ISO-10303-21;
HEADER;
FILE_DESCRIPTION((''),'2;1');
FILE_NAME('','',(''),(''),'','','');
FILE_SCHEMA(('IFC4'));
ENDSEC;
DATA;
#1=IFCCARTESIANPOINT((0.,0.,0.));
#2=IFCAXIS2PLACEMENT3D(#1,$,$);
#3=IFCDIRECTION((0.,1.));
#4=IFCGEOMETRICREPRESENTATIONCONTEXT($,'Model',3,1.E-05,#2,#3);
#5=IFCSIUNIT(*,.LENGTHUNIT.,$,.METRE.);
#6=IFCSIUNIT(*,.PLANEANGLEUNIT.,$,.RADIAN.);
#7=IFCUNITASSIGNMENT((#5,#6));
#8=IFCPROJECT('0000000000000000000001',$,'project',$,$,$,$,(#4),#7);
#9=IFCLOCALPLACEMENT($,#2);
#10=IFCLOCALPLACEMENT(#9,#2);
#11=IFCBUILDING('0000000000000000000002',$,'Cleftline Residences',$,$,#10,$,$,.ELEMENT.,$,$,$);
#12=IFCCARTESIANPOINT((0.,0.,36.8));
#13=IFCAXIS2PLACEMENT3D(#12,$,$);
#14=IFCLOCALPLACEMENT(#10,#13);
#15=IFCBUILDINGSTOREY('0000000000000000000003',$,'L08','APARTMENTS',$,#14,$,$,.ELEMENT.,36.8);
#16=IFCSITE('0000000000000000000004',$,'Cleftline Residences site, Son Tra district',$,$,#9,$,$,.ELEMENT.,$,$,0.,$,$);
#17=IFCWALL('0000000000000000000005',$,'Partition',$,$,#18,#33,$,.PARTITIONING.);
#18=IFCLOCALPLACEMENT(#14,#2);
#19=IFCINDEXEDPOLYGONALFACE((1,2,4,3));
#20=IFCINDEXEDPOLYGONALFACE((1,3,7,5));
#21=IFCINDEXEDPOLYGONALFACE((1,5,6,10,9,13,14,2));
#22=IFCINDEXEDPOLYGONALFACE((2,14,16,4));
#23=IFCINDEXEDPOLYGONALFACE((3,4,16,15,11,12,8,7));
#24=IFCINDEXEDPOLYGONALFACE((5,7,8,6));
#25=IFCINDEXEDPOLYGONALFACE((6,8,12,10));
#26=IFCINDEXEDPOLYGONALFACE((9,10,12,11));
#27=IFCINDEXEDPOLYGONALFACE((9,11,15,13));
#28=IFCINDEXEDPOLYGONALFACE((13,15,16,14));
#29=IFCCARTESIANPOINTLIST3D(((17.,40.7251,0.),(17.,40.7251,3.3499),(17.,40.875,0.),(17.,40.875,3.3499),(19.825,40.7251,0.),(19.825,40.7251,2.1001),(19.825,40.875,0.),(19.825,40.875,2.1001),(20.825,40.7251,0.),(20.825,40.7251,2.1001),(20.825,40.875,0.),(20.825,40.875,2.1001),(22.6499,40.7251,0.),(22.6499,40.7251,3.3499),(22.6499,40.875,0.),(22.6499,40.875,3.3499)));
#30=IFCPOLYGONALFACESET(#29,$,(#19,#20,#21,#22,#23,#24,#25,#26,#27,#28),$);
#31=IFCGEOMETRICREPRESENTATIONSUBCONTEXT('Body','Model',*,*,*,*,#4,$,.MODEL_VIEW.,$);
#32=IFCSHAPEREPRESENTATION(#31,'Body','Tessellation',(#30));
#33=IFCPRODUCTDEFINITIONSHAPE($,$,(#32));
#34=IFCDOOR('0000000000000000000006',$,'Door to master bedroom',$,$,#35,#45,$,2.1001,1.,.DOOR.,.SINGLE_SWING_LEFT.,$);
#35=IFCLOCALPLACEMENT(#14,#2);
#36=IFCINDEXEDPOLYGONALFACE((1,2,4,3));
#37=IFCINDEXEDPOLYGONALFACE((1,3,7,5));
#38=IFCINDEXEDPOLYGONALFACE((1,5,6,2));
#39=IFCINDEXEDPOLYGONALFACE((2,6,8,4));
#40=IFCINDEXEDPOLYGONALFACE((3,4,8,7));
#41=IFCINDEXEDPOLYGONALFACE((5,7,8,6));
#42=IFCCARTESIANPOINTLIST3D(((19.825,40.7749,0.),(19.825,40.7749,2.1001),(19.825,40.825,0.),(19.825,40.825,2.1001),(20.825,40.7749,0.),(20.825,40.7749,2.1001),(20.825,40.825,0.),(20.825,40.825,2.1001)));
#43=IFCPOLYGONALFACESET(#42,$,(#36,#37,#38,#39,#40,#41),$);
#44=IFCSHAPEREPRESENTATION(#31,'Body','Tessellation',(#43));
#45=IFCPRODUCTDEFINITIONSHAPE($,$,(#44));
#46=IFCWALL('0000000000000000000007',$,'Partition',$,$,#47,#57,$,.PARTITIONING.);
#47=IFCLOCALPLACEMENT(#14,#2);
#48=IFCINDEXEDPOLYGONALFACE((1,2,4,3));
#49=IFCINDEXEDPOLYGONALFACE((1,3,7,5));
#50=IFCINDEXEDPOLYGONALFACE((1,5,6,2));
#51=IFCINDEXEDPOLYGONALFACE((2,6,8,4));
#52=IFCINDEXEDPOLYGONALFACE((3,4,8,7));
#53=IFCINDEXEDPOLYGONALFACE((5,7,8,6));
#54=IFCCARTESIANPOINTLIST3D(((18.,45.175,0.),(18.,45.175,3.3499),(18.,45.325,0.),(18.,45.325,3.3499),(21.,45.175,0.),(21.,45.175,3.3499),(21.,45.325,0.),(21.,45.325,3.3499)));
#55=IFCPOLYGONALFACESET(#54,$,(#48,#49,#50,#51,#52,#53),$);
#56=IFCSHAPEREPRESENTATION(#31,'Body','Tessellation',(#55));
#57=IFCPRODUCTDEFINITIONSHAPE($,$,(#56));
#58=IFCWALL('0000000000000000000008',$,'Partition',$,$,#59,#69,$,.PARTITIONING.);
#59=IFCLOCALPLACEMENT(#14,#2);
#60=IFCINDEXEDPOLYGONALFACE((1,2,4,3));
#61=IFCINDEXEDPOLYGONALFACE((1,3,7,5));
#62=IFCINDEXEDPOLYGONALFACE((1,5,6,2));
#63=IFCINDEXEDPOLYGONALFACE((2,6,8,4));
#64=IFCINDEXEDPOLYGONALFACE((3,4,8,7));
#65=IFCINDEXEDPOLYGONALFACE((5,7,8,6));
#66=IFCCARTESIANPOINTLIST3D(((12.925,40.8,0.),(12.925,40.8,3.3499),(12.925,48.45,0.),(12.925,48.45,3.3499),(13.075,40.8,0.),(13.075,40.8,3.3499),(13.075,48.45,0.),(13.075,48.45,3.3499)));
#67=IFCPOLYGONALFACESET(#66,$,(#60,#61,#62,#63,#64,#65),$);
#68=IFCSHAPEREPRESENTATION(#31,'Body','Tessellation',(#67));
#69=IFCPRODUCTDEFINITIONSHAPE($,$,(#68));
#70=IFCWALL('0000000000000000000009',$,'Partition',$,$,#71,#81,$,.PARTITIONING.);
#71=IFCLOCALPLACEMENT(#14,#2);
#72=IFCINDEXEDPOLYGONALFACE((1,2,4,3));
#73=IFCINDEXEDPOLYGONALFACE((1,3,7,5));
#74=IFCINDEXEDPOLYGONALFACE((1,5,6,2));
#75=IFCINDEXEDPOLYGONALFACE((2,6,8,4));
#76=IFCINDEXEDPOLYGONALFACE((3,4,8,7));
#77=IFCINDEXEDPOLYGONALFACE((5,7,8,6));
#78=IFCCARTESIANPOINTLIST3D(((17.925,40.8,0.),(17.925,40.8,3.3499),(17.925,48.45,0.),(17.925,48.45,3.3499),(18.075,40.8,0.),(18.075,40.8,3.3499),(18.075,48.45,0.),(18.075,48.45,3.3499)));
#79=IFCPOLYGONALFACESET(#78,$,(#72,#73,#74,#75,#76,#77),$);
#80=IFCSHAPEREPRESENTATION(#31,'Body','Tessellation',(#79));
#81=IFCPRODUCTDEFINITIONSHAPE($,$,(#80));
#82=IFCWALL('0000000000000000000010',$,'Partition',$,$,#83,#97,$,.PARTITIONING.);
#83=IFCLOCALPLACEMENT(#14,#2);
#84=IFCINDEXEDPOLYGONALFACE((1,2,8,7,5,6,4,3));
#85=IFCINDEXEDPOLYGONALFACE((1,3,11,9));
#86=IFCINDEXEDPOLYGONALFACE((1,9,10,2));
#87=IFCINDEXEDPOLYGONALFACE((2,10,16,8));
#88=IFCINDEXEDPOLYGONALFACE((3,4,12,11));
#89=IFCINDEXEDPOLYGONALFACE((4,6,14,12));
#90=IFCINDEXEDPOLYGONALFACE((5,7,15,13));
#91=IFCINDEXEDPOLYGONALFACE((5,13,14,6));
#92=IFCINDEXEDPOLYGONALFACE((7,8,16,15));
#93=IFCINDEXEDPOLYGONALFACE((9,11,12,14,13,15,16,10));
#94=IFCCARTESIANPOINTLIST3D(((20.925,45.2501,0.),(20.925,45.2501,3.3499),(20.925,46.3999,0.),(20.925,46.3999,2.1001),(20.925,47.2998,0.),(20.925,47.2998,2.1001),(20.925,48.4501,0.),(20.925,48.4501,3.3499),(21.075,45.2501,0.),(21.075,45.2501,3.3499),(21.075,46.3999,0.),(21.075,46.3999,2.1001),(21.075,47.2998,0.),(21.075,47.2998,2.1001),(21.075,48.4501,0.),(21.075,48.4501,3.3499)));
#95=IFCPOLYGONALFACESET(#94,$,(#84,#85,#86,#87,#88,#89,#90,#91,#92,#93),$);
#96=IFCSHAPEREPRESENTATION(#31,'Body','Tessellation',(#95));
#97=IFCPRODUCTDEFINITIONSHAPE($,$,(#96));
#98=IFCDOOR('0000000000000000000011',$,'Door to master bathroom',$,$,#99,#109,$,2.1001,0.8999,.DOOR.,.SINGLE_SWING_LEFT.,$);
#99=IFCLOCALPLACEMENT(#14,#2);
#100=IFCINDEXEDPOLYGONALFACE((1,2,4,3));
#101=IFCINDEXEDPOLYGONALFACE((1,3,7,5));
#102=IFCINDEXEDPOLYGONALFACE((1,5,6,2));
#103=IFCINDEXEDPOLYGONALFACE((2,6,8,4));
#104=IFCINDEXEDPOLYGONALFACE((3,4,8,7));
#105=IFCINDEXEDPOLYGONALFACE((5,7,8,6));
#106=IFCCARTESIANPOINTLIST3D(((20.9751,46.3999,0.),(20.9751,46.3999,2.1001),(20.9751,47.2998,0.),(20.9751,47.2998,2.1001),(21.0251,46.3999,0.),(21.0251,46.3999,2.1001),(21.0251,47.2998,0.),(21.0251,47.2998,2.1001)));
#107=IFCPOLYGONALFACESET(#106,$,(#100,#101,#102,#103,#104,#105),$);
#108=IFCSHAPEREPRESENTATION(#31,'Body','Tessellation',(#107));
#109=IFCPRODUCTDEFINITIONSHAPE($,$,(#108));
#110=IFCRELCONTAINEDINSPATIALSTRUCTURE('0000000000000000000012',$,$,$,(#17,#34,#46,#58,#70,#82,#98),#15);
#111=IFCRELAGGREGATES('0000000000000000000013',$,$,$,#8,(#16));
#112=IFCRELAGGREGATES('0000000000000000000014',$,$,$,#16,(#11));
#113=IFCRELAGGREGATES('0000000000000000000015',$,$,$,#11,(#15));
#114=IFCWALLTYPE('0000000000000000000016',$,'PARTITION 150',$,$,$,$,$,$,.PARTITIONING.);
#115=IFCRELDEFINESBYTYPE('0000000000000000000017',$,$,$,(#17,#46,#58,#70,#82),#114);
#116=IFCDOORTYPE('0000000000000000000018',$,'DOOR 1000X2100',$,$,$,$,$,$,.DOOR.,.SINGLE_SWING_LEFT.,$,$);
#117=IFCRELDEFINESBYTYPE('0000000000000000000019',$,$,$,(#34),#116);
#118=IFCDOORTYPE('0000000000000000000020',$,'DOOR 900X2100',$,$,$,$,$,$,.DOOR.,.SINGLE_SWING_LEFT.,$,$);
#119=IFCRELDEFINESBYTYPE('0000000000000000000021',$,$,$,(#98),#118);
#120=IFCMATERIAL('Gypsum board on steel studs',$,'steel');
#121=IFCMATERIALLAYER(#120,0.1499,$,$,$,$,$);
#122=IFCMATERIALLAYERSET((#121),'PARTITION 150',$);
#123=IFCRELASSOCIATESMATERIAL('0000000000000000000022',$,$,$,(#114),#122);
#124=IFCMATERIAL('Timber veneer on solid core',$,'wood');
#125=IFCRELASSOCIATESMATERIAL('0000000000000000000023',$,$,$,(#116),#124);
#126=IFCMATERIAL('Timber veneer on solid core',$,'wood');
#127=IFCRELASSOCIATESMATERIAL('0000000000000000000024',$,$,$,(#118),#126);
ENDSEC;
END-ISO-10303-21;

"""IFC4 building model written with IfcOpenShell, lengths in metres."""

from ifc_helpers import new_model, si_unit, direction, frame, frame_2d, origin, place, context, subcontext, project, spatial, rectangle, extrude, material, layer, layer_set, type_object, element, fill, save


model = new_model("IFC4")

# Units and contexts
model_context = context("Model", 3, precision=1e-05, world=origin(), true_north=direction((0.0, 1.0)))
body_context = subcontext(model_context, "Body", "Model", "MODEL_VIEW")
ifc_project = project(units=[si_unit("LENGTHUNIT", "METRE"), si_unit("PLANEANGLEUNIT", "RADIAN")], contexts=[model_context])

# Site, building, storey
site_placement = place(None, origin())
site = spatial("IfcSite", under=ifc_project, at=site_placement, Name="Cleftline Residences site, Son Tra district", CompositionType="ELEMENT", RefElevation=0.0)
building_placement = place(site_placement, origin())
building = spatial("IfcBuilding", under=site, at=building_placement, Name="Cleftline Residences", CompositionType="ELEMENT")
storey_placement = place(building_placement, frame((0.0, 0.0, 36.8)))
storey = spatial("IfcBuildingStorey", under=building, at=storey_placement, Name="L08", Description="APARTMENTS", CompositionType="ELEMENT", Elevation=36.8)

# Wall, opening, door
ifc_material_1 = material(Name="Gypsum board on steel studs", Category="steel")
ifc_layer = layer(ifc_material_1, 0.1499)
ifc_layer_set = layer_set([ifc_layer], Name="PARTITION 150")
wall_type = type_object("IfcWallType", Name="PARTITION 150", PredefinedType="PARTITIONING", material=ifc_layer_set)
ifc_material_2 = material(Name="Timber veneer on solid core", Category="wood")
door_type_1 = type_object("IfcDoorType", Name="DOOR 1000X2100", OperationType="SINGLE_SWING_LEFT", PredefinedType="DOOR", material=ifc_material_2)
wall_1_placement = place(storey_placement, frame((17.0, 40.8, 0.0), z_axis=(0.0, 0.0, 1.0), x_axis=(1.0, 0.0, 0.0)))
wall_1 = element("IfcWall", 1, at=wall_1_placement, inside=storey, type_object=wall_type, Name="Partition", PredefinedType="PARTITIONING", context=body_context, shape_type="SweptSolid", body=[
    extrude(rectangle(XDim=5.6499, YDim=0.1499, at=frame_2d((2.825, 0.0))), origin(), (0.0, 0.0, 1.0), 3.3499),
])
opening_1_placement = place(wall_1_placement, frame((2.825, 0.0, 0.0)))
opening_1 = element("IfcOpeningElement", 2, at=opening_1_placement, cuts=wall_1, PredefinedType="OPENING", context=body_context, shape_type="SweptSolid", body=[
    extrude(rectangle(XDim=1.0, YDim=2.1001, at=frame_2d((0.5, 1.05))), frame((0.0, 0.085, 0.0), z_axis=(0.0, -1.0, 0.0), x_axis=(1.0, 0.0, 0.0)), (0.0, 0.0, 1.0), 0.1699),
])
door_1_placement = place(opening_1_placement, origin())
door_1 = element("IfcDoor", 3, at=door_1_placement, inside=storey, type_object=door_type_1, Name="Door to master bedroom", OperationType="SINGLE_SWING_LEFT", OverallHeight=2.1001, OverallWidth=1.0, PredefinedType="DOOR", context=body_context, shape_type="SweptSolid", body=[
    extrude(rectangle(XDim=1.0, YDim=2.1001, at=frame_2d((0.5, 1.05))), frame((0.0, 0.0249, 0.0), z_axis=(0.0, -1.0, 0.0), x_axis=(1.0, 0.0, 0.0)), (0.0, 0.0, 1.0), 0.05),
])
fill(opening_1, door_1)

# Walls
wall_2_placement = place(storey_placement, frame((18.0, 45.25, 0.0), z_axis=(0.0, 0.0, 1.0), x_axis=(1.0, 0.0, 0.0)))
element("IfcWall", 4, at=wall_2_placement, inside=storey, type_object=wall_type, Name="Partition", PredefinedType="PARTITIONING", context=body_context, shape_type="SweptSolid", body=[
    extrude(rectangle(XDim=3.0, YDim=0.1499, at=frame_2d((1.5, 0.0))), origin(), (0.0, 0.0, 1.0), 3.3499),
])
for number, where, z_axis, x_axis, name in (
    (5, (13.0, 40.8, 0.0), (0.0, 0.0, 1.0), (0.0, 1.0, 0.0), "Partition"),
    (6, (18.0, 40.8, 0.0), (0.0, 0.0, 1.0), (0.0, 1.0, 0.0), "Partition"),
):
    element("IfcWall", number, at=place(storey_placement, frame(where, z_axis=z_axis, x_axis=x_axis)), inside=storey, type_object=wall_type, Name=name, PredefinedType="PARTITIONING", context=body_context, shape_type="SweptSolid", body=[
        extrude(rectangle(XDim=7.6499, YDim=0.1499, at=frame_2d((3.825, 0.0))), origin(), (0.0, 0.0, 1.0), 3.3499),
    ])

# Wall, opening, door
wall_3_placement = place(storey_placement, frame((21.0, 45.25, 0.0), z_axis=(0.0, 0.0, 1.0), x_axis=(0.0, 1.0, 0.0)))
wall_3 = element("IfcWall", 7, at=wall_3_placement, inside=storey, type_object=wall_type, Name="Partition", PredefinedType="PARTITIONING", context=body_context, shape_type="SweptSolid", body=[
    extrude(rectangle(XDim=3.2, YDim=0.1499, at=frame_2d((1.6001, 0.0))), origin(), (0.0, 0.0, 1.0), 3.3499),
])
opening_2_placement = place(wall_3_placement, frame((1.1499, 0.0, 0.0)))
opening_2 = element("IfcOpeningElement", 8, at=opening_2_placement, cuts=wall_3, PredefinedType="OPENING", context=body_context, shape_type="SweptSolid", body=[
    extrude(rectangle(XDim=0.8999, YDim=2.1001, at=frame_2d((0.45, 1.05))), frame((0.0, 0.085, 0.0), z_axis=(0.0, -1.0, 0.0), x_axis=(1.0, 0.0, 0.0)), (0.0, 0.0, 1.0), 0.1699),
])
ifc_material_3 = material(Name="Timber veneer on solid core", Category="wood")
door_type_2 = type_object("IfcDoorType", Name="DOOR 900X2100", OperationType="SINGLE_SWING_LEFT", PredefinedType="DOOR", material=ifc_material_3)
door_2_placement = place(opening_2_placement, origin())
door_2 = element("IfcDoor", 9, at=door_2_placement, inside=storey, type_object=door_type_2, Name="Door to master bathroom", OperationType="SINGLE_SWING_LEFT", OverallHeight=2.1001, OverallWidth=0.8999, PredefinedType="DOOR", context=body_context, shape_type="SweptSolid", body=[
    extrude(rectangle(XDim=0.8999, YDim=2.1001, at=frame_2d((0.45, 1.05))), frame((0.0, 0.0249, 0.0), z_axis=(0.0, -1.0, 0.0), x_axis=(1.0, 0.0, 0.0)), (0.0, 0.0, 1.0), 0.05),
])
fill(opening_2, door_2)

save(model, "model.ifc")
